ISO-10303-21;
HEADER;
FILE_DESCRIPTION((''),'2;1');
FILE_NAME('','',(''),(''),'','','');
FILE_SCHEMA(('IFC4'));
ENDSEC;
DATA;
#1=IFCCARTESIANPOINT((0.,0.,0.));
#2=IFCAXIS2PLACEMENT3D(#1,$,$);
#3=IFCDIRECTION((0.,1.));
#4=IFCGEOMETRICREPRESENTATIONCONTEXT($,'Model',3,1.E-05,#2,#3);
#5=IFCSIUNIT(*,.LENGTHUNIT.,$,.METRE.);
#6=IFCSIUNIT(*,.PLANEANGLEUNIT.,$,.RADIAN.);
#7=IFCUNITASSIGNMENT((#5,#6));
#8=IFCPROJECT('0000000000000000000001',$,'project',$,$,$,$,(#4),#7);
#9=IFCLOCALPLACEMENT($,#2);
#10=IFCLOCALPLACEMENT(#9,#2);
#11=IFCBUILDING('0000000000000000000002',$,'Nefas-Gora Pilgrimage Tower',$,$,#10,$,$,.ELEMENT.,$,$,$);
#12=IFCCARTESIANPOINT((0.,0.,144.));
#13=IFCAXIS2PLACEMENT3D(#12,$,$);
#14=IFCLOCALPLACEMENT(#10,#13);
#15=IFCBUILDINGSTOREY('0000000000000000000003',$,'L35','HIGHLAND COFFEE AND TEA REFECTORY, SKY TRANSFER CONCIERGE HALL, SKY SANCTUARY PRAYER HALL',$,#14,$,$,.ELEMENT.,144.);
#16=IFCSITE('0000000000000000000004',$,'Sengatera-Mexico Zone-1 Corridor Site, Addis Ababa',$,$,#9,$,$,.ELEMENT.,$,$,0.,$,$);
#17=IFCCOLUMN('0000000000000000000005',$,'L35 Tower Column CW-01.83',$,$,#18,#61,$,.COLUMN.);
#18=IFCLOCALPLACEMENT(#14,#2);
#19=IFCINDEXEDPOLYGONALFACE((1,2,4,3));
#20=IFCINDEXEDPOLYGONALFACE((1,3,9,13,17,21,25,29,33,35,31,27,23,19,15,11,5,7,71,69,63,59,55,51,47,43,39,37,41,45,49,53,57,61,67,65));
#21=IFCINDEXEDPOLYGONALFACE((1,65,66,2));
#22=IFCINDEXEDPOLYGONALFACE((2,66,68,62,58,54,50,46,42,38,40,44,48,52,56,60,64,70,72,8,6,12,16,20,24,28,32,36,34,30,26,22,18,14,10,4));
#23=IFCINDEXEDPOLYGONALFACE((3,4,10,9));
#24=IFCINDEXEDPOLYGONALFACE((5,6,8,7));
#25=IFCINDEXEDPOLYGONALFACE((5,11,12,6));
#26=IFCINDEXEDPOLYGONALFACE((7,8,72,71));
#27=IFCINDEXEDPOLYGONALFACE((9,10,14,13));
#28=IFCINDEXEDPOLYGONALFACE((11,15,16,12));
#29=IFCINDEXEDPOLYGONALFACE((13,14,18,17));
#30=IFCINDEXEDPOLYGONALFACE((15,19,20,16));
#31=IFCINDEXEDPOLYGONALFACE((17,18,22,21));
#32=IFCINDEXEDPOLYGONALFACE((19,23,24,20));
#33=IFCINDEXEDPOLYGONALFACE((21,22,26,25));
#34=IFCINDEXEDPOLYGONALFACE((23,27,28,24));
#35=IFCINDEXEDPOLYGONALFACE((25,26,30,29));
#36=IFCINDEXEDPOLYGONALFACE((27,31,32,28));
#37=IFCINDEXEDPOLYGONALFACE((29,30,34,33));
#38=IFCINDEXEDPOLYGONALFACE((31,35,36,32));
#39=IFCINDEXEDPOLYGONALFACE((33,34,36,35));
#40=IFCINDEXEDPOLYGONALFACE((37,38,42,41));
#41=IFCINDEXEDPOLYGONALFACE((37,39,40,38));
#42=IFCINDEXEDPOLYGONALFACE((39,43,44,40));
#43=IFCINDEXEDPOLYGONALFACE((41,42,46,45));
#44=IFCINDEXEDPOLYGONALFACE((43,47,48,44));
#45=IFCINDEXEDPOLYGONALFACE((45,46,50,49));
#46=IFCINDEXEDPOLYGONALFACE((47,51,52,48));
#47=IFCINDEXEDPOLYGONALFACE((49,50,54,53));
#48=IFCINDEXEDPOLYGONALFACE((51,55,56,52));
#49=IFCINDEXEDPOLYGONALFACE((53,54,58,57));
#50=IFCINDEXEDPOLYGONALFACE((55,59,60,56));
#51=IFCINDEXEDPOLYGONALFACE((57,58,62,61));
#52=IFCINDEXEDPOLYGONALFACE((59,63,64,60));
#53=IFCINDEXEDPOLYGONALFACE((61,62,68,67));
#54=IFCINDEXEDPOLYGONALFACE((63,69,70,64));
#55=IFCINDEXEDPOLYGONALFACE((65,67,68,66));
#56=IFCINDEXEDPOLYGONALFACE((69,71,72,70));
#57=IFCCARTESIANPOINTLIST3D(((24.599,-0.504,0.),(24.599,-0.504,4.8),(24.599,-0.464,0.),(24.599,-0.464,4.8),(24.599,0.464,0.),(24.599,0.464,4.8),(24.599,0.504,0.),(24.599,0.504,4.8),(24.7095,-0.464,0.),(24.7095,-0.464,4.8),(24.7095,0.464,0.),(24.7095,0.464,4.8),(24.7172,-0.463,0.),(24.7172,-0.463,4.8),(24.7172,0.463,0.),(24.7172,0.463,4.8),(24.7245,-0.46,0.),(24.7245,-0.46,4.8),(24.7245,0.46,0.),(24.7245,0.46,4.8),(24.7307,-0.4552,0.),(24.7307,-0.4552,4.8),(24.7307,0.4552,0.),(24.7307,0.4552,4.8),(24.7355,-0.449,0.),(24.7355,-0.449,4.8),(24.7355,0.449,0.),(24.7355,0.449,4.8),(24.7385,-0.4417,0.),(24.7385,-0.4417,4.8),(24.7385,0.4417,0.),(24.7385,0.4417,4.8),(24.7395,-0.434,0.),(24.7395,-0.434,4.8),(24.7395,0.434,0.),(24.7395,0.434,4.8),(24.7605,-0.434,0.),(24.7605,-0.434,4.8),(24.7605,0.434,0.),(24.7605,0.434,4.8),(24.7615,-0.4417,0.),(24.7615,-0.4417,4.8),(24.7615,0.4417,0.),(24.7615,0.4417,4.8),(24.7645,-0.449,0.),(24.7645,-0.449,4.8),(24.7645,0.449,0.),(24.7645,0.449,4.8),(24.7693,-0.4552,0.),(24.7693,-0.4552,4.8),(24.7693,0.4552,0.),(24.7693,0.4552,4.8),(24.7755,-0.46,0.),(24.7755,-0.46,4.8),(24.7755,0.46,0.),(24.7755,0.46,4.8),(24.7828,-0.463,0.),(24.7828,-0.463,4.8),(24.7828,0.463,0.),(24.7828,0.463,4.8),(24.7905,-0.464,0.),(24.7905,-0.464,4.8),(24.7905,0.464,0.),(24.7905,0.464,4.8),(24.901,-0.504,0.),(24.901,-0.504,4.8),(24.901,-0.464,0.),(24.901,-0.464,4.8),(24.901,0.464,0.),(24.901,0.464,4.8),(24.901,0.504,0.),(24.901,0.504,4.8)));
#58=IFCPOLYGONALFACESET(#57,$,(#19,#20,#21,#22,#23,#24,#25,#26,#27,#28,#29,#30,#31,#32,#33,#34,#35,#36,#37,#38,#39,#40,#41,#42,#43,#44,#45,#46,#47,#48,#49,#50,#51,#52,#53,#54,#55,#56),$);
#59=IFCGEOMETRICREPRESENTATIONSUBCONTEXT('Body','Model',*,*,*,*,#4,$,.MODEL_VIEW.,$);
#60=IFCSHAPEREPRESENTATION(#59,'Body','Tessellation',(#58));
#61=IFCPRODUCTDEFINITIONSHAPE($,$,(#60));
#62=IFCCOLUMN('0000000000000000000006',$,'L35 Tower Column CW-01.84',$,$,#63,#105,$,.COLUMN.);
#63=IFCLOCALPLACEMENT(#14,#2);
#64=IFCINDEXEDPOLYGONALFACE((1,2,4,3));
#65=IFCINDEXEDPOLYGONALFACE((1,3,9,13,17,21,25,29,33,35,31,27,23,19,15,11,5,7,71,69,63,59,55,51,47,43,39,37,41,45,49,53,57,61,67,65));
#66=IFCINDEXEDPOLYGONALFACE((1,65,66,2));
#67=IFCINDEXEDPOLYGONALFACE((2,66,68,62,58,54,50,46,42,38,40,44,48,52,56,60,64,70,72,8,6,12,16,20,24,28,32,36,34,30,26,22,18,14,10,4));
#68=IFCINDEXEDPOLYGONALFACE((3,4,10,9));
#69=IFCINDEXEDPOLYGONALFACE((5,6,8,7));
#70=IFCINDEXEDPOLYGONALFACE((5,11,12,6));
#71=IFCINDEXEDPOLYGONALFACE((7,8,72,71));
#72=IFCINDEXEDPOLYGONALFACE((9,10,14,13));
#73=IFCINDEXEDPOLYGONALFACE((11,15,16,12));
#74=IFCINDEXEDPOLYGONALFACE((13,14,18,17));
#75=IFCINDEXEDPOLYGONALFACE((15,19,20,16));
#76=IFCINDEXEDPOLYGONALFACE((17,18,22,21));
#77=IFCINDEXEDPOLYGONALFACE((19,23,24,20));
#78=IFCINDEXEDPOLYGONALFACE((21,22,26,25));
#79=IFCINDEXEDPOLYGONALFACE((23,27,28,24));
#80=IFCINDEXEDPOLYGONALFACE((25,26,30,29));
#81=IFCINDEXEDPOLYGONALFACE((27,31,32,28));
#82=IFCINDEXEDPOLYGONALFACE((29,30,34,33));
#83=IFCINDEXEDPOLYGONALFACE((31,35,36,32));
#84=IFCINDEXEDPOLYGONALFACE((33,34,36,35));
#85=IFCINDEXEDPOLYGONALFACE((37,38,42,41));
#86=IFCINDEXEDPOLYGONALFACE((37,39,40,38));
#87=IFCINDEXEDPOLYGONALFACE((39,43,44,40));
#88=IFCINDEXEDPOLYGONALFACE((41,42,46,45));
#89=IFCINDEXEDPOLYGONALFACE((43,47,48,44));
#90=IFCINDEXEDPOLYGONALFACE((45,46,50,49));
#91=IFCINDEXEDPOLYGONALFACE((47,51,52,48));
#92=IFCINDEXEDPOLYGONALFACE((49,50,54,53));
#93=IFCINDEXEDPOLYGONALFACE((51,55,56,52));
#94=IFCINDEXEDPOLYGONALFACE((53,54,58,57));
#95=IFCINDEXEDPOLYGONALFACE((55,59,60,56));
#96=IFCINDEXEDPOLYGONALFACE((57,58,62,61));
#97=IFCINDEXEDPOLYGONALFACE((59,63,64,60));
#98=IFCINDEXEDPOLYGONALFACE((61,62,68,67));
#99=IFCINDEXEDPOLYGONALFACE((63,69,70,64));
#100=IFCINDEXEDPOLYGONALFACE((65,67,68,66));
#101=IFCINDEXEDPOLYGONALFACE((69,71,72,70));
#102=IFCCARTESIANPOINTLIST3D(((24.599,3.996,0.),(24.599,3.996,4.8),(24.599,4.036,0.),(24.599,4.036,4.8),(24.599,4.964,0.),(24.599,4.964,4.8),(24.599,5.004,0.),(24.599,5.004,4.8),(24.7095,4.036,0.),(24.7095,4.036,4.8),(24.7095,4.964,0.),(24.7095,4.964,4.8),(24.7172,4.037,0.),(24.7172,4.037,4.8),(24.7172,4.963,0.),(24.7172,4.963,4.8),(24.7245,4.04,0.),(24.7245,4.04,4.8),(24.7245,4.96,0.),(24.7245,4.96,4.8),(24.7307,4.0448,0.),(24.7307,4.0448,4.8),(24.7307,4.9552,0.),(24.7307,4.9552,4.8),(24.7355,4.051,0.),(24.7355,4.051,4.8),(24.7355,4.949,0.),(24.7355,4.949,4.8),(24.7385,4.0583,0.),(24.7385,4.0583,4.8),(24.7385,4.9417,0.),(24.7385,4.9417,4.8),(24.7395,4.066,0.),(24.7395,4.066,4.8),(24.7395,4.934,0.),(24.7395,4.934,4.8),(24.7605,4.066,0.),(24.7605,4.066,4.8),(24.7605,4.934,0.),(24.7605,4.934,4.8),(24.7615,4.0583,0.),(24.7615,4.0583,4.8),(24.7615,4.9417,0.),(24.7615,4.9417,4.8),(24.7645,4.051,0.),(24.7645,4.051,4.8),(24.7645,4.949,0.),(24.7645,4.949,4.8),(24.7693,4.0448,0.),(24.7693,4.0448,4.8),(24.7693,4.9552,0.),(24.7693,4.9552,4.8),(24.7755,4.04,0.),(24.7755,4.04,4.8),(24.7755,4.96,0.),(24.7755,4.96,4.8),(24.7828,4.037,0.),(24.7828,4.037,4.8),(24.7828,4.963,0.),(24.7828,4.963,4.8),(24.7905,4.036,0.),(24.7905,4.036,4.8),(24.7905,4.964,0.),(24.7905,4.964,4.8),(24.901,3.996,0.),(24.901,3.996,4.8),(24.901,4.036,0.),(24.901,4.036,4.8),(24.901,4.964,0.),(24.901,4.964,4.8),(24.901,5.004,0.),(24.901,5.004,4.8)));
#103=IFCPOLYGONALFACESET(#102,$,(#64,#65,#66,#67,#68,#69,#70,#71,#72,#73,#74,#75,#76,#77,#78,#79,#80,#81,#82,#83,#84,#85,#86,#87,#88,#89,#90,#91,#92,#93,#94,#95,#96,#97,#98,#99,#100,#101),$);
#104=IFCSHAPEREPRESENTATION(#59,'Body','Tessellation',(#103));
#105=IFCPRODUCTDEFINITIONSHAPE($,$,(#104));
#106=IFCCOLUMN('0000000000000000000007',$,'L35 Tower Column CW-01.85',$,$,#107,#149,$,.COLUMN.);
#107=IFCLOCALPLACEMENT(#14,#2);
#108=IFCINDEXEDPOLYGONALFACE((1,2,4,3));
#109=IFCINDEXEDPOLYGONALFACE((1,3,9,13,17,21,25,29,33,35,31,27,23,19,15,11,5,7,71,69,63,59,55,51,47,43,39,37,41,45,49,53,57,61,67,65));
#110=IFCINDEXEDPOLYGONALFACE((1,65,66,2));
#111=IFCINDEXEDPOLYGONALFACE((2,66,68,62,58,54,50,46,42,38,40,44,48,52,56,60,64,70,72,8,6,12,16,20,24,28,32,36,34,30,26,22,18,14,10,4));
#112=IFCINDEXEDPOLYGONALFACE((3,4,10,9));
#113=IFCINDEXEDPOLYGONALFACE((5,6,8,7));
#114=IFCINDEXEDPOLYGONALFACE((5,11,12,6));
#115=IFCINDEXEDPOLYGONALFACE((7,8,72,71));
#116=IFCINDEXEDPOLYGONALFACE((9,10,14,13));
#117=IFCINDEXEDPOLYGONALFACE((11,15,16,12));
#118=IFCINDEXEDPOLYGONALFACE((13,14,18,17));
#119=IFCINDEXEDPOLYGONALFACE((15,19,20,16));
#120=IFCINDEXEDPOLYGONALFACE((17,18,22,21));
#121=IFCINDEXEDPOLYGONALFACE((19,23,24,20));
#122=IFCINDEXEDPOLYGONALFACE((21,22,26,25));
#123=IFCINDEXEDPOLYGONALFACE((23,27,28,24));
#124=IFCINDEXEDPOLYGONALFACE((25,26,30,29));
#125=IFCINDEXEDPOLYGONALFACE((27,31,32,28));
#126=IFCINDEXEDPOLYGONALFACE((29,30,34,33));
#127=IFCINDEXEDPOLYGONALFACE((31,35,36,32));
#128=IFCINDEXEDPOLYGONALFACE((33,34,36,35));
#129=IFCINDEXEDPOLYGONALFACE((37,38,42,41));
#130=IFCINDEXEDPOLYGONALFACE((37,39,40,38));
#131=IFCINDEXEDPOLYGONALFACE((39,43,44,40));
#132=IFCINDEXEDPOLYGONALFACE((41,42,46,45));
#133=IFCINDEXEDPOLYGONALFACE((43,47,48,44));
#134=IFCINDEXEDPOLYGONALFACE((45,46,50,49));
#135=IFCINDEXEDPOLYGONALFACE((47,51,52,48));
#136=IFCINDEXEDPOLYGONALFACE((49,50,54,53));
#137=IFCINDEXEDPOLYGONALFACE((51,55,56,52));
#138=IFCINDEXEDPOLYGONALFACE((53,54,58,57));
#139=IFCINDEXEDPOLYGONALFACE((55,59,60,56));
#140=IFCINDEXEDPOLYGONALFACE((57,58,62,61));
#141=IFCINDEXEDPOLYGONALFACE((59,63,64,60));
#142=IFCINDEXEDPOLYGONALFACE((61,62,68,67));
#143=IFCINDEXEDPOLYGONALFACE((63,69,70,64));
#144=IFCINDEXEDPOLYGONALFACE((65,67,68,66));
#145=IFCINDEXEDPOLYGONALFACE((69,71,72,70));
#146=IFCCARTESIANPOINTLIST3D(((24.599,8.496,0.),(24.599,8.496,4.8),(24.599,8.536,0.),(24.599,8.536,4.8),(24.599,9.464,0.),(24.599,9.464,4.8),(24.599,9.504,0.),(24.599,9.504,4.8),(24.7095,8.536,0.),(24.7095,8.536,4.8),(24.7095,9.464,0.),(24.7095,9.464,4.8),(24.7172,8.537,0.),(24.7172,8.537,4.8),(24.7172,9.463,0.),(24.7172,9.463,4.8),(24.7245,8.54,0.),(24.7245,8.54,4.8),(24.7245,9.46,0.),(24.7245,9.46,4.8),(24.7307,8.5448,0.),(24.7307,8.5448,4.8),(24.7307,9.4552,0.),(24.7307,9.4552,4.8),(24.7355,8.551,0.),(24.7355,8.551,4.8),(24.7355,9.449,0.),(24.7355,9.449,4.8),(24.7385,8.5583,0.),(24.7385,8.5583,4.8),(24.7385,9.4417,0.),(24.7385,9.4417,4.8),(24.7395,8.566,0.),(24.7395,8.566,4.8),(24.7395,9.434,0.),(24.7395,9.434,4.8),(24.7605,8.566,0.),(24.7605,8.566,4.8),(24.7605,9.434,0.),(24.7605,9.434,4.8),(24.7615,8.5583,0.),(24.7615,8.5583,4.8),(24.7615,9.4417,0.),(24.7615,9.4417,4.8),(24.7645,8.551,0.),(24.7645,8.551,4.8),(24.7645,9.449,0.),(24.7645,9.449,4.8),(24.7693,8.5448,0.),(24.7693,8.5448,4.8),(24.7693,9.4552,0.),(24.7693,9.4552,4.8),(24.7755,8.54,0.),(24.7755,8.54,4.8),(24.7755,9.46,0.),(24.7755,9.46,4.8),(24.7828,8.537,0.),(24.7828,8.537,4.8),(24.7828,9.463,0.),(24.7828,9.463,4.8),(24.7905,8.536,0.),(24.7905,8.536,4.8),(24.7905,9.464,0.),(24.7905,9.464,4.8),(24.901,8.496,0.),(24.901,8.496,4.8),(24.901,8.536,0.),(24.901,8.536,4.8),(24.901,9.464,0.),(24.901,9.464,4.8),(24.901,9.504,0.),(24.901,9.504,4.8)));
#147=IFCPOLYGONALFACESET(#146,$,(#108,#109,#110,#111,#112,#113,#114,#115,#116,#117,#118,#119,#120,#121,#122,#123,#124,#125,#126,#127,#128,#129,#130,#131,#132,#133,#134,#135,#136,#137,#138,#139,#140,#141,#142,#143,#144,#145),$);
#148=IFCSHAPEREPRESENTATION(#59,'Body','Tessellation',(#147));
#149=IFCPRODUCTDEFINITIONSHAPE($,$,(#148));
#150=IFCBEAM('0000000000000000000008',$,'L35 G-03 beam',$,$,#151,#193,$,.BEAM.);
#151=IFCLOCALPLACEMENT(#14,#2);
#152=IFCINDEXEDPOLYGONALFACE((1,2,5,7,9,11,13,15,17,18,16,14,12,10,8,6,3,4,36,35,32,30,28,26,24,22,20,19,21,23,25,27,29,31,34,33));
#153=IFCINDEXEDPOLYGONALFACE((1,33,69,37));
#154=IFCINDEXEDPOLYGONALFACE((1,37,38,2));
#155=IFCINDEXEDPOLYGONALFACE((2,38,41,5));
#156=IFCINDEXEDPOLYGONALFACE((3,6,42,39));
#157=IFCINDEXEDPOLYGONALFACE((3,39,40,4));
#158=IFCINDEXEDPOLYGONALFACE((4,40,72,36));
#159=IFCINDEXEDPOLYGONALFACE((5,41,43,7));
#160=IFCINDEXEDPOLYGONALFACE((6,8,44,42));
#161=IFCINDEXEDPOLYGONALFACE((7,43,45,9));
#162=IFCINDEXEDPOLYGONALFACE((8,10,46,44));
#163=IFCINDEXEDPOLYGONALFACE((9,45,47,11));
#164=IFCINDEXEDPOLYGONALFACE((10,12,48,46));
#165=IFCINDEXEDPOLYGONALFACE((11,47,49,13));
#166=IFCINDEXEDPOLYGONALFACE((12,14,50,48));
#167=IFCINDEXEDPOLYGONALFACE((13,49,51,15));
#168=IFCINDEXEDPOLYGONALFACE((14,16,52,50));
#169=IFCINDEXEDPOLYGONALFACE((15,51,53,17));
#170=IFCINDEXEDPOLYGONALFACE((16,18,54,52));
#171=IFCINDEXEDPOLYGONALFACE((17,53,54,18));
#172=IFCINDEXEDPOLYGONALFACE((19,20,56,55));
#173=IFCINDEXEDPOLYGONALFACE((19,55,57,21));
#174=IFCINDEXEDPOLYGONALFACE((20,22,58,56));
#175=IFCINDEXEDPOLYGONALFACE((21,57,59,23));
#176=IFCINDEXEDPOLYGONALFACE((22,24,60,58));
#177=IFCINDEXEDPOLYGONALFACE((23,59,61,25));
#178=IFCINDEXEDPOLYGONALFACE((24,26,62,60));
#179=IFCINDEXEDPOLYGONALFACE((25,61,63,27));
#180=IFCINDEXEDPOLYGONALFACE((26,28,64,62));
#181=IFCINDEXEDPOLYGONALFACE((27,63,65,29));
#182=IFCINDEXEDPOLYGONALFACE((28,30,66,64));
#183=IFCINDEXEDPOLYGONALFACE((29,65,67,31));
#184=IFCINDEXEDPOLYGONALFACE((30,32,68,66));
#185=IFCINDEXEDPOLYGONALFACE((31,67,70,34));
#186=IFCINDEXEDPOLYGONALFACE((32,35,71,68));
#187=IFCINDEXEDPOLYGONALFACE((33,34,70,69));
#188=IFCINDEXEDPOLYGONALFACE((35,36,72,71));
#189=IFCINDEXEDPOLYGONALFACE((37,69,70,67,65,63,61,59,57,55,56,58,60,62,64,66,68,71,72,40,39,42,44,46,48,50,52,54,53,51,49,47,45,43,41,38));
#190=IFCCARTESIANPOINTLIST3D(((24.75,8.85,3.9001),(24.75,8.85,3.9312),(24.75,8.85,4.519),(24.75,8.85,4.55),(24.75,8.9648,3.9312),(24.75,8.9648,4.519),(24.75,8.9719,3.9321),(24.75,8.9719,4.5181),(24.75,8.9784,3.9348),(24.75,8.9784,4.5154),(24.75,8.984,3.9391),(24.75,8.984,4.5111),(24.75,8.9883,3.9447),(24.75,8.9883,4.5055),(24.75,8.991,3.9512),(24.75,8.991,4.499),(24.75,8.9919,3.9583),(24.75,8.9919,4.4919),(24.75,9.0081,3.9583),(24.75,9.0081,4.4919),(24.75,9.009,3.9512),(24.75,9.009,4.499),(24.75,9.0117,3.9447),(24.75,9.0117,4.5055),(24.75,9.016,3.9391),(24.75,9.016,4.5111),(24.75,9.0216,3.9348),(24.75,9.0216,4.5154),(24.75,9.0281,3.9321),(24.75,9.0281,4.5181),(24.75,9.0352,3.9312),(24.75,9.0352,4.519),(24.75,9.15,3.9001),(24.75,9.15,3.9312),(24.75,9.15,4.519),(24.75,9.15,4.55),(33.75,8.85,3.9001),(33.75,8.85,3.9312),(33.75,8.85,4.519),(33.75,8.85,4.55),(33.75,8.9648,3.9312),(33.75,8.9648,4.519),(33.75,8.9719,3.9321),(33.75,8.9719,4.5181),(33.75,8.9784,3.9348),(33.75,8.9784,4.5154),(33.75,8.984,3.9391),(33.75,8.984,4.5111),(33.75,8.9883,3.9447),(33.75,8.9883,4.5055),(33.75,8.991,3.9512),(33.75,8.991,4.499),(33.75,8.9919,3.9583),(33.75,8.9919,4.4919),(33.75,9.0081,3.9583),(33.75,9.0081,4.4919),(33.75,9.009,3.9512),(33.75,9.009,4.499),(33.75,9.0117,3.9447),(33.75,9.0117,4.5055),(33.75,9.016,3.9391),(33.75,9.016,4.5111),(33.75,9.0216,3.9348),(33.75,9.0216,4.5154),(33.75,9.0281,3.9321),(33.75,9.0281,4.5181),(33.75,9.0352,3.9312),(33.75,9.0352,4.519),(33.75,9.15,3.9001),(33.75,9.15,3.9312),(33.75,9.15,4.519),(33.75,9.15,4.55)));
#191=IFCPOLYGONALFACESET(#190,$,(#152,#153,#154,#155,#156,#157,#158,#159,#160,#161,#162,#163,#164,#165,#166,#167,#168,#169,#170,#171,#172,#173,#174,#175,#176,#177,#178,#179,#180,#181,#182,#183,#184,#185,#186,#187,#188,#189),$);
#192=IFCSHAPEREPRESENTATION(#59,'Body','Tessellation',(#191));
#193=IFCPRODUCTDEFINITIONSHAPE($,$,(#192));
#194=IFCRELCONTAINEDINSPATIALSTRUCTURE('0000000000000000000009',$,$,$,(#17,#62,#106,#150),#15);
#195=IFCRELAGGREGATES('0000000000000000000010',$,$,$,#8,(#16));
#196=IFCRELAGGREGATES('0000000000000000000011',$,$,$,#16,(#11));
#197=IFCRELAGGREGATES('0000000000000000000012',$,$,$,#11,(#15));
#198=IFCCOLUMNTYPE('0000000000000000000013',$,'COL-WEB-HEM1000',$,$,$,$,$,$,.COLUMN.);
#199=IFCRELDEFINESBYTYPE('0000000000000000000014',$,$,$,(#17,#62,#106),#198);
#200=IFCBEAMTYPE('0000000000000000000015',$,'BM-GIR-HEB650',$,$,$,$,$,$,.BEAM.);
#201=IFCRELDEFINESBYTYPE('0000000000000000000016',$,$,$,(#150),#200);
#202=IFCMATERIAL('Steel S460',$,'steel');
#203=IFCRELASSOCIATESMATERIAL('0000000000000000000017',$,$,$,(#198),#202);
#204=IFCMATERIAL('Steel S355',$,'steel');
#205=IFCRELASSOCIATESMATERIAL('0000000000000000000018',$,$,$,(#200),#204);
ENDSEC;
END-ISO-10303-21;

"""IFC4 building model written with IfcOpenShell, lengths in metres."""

from ifc_helpers import new_model, si_unit, direction, frame, origin, origin_2d, place, context, subcontext, project, spatial, i_section, extrude, source, transform, mapped, material, material_profile, profile_set, type_object, element, save


model = new_model("IFC4")

# Units and contexts
model_context = context("Model", 3, precision=1e-05, world=origin(), true_north=direction((0.0, 1.0)))
body_context = subcontext(model_context, "Body", "Model", "MODEL_VIEW")
ifc_project = project(units=[si_unit("LENGTHUNIT", "METRE"), si_unit("PLANEANGLEUNIT", "RADIAN")], contexts=[model_context])

# Site, building, storey
site_placement = place(None, origin())
site = spatial("IfcSite", under=ifc_project, at=site_placement, Name="Sengatera-Mexico Zone-1 Corridor Site, Addis Ababa", CompositionType="ELEMENT", RefElevation=0.0)
building_placement = place(site_placement, origin())
building = spatial("IfcBuilding", under=site, at=building_placement, Name="Nefas-Gora Pilgrimage Tower", CompositionType="ELEMENT")
storey_placement = place(building_placement, frame((0.0, 0.0, 144.0)))
storey = spatial("IfcBuildingStorey", under=building, at=storey_placement, Name="L35", Description="HIGHLAND COFFEE AND TEA REFECTORY, SKY TRANSFER CONCIERGE HALL, SKY SANCTUARY PRAYER HALL", CompositionType="ELEMENT", Elevation=144.0)

# Columns
ifc_material_1 = material(Name="Steel S460", Category="steel")
ifc_material_profile_1 = material_profile(ifc_material_1, i_section(OverallWidth=0.302, OverallDepth=1.0081, WebThickness=0.021, FlangeThickness=0.04, FilletRadius=0.03, at=origin_2d()), Name="HEM 1000")
ifc_profile_set_1 = profile_set([ifc_material_profile_1], Name="Steel S460")
column_type_1 = type_object("IfcColumnType", Name="COL-WEB-HEM1000", PredefinedType="COLUMN", material=ifc_profile_set_1)
shared_shape_1 = source(origin(), body_context, "Body", "SweptSolid", [
    extrude(i_section(OverallWidth=0.302, OverallDepth=1.0081, WebThickness=0.021, FlangeThickness=0.04, FilletRadius=0.03, at=origin_2d()), origin(), (0.0, 0.0, 1.0), 4.8),
])
for number, where, z_axis, x_axis, name in (
    (1, (24.75, 0.0, 0.0), (0.0, 0.0, 1.0), (1.0, 0.0, 0.0), "L35 Tower Column CW-01.83"),
    (2, (24.75, 4.5, 0.0), (0.0, 0.0, 1.0), (1.0, 0.0, 0.0), "L35 Tower Column CW-01.84"),
    (3, (24.75, 9.0, 0.0), (0.0, 0.0, 1.0), (1.0, 0.0, 0.0), "L35 Tower Column CW-01.85"),
):
    element("IfcColumn", number, at=place(storey_placement, frame(where, z_axis=z_axis, x_axis=x_axis)), inside=storey, type_object=column_type_1, Name=name, PredefinedType="COLUMN", context=body_context, shape_type="MappedRepresentation", body=[
        mapped(shared_shape_1, transform((0.0, 0.0, 0.0), x_axis=(1.0, 0.0, 0.0), y_axis=(0.0, 1.0, 0.0), z_axis=(0.0, 0.0, 1.0), scale=1.0)),
    ])

# Beam
ifc_material_2 = material(Name="Steel S355", Category="steel")
ifc_material_profile_2 = material_profile(ifc_material_2, i_section(OverallWidth=0.3, OverallDepth=0.6499, WebThickness=0.0161, FlangeThickness=0.031, FilletRadius=0.0271, at=origin_2d()), Name="HEB 650")
ifc_profile_set_2 = profile_set([ifc_material_profile_2], Name="Steel S355")
beam_type_1 = type_object("IfcBeamType", Name="BM-GIR-HEB650", PredefinedType="BEAM", material=ifc_profile_set_2)
shared_shape_2 = source(origin(), body_context, "Body", "SweptSolid", [
    extrude(i_section(OverallWidth=0.3, OverallDepth=0.6499, WebThickness=0.0161, FlangeThickness=0.031, FilletRadius=0.0271, at=origin_2d()), origin(), (0.0, 0.0, 1.0), 9.0),
])
beam_1_placement = place(storey_placement, frame((24.75, 9.0, 4.2251), z_axis=(1.0, 0.0, 0.0), x_axis=(0.0, 1.0, 0.0)))
element("IfcBeam", 4, at=beam_1_placement, inside=storey, type_object=beam_type_1, Name="L35 G-03 beam", PredefinedType="BEAM", context=body_context, shape_type="MappedRepresentation", body=[
    mapped(shared_shape_2, transform((0.0, 0.0, 0.0), x_axis=(1.0, 0.0, 0.0), y_axis=(0.0, 1.0, 0.0), z_axis=(0.0, 0.0, 1.0), scale=1.0)),
])

save(model, "model.ifc")
